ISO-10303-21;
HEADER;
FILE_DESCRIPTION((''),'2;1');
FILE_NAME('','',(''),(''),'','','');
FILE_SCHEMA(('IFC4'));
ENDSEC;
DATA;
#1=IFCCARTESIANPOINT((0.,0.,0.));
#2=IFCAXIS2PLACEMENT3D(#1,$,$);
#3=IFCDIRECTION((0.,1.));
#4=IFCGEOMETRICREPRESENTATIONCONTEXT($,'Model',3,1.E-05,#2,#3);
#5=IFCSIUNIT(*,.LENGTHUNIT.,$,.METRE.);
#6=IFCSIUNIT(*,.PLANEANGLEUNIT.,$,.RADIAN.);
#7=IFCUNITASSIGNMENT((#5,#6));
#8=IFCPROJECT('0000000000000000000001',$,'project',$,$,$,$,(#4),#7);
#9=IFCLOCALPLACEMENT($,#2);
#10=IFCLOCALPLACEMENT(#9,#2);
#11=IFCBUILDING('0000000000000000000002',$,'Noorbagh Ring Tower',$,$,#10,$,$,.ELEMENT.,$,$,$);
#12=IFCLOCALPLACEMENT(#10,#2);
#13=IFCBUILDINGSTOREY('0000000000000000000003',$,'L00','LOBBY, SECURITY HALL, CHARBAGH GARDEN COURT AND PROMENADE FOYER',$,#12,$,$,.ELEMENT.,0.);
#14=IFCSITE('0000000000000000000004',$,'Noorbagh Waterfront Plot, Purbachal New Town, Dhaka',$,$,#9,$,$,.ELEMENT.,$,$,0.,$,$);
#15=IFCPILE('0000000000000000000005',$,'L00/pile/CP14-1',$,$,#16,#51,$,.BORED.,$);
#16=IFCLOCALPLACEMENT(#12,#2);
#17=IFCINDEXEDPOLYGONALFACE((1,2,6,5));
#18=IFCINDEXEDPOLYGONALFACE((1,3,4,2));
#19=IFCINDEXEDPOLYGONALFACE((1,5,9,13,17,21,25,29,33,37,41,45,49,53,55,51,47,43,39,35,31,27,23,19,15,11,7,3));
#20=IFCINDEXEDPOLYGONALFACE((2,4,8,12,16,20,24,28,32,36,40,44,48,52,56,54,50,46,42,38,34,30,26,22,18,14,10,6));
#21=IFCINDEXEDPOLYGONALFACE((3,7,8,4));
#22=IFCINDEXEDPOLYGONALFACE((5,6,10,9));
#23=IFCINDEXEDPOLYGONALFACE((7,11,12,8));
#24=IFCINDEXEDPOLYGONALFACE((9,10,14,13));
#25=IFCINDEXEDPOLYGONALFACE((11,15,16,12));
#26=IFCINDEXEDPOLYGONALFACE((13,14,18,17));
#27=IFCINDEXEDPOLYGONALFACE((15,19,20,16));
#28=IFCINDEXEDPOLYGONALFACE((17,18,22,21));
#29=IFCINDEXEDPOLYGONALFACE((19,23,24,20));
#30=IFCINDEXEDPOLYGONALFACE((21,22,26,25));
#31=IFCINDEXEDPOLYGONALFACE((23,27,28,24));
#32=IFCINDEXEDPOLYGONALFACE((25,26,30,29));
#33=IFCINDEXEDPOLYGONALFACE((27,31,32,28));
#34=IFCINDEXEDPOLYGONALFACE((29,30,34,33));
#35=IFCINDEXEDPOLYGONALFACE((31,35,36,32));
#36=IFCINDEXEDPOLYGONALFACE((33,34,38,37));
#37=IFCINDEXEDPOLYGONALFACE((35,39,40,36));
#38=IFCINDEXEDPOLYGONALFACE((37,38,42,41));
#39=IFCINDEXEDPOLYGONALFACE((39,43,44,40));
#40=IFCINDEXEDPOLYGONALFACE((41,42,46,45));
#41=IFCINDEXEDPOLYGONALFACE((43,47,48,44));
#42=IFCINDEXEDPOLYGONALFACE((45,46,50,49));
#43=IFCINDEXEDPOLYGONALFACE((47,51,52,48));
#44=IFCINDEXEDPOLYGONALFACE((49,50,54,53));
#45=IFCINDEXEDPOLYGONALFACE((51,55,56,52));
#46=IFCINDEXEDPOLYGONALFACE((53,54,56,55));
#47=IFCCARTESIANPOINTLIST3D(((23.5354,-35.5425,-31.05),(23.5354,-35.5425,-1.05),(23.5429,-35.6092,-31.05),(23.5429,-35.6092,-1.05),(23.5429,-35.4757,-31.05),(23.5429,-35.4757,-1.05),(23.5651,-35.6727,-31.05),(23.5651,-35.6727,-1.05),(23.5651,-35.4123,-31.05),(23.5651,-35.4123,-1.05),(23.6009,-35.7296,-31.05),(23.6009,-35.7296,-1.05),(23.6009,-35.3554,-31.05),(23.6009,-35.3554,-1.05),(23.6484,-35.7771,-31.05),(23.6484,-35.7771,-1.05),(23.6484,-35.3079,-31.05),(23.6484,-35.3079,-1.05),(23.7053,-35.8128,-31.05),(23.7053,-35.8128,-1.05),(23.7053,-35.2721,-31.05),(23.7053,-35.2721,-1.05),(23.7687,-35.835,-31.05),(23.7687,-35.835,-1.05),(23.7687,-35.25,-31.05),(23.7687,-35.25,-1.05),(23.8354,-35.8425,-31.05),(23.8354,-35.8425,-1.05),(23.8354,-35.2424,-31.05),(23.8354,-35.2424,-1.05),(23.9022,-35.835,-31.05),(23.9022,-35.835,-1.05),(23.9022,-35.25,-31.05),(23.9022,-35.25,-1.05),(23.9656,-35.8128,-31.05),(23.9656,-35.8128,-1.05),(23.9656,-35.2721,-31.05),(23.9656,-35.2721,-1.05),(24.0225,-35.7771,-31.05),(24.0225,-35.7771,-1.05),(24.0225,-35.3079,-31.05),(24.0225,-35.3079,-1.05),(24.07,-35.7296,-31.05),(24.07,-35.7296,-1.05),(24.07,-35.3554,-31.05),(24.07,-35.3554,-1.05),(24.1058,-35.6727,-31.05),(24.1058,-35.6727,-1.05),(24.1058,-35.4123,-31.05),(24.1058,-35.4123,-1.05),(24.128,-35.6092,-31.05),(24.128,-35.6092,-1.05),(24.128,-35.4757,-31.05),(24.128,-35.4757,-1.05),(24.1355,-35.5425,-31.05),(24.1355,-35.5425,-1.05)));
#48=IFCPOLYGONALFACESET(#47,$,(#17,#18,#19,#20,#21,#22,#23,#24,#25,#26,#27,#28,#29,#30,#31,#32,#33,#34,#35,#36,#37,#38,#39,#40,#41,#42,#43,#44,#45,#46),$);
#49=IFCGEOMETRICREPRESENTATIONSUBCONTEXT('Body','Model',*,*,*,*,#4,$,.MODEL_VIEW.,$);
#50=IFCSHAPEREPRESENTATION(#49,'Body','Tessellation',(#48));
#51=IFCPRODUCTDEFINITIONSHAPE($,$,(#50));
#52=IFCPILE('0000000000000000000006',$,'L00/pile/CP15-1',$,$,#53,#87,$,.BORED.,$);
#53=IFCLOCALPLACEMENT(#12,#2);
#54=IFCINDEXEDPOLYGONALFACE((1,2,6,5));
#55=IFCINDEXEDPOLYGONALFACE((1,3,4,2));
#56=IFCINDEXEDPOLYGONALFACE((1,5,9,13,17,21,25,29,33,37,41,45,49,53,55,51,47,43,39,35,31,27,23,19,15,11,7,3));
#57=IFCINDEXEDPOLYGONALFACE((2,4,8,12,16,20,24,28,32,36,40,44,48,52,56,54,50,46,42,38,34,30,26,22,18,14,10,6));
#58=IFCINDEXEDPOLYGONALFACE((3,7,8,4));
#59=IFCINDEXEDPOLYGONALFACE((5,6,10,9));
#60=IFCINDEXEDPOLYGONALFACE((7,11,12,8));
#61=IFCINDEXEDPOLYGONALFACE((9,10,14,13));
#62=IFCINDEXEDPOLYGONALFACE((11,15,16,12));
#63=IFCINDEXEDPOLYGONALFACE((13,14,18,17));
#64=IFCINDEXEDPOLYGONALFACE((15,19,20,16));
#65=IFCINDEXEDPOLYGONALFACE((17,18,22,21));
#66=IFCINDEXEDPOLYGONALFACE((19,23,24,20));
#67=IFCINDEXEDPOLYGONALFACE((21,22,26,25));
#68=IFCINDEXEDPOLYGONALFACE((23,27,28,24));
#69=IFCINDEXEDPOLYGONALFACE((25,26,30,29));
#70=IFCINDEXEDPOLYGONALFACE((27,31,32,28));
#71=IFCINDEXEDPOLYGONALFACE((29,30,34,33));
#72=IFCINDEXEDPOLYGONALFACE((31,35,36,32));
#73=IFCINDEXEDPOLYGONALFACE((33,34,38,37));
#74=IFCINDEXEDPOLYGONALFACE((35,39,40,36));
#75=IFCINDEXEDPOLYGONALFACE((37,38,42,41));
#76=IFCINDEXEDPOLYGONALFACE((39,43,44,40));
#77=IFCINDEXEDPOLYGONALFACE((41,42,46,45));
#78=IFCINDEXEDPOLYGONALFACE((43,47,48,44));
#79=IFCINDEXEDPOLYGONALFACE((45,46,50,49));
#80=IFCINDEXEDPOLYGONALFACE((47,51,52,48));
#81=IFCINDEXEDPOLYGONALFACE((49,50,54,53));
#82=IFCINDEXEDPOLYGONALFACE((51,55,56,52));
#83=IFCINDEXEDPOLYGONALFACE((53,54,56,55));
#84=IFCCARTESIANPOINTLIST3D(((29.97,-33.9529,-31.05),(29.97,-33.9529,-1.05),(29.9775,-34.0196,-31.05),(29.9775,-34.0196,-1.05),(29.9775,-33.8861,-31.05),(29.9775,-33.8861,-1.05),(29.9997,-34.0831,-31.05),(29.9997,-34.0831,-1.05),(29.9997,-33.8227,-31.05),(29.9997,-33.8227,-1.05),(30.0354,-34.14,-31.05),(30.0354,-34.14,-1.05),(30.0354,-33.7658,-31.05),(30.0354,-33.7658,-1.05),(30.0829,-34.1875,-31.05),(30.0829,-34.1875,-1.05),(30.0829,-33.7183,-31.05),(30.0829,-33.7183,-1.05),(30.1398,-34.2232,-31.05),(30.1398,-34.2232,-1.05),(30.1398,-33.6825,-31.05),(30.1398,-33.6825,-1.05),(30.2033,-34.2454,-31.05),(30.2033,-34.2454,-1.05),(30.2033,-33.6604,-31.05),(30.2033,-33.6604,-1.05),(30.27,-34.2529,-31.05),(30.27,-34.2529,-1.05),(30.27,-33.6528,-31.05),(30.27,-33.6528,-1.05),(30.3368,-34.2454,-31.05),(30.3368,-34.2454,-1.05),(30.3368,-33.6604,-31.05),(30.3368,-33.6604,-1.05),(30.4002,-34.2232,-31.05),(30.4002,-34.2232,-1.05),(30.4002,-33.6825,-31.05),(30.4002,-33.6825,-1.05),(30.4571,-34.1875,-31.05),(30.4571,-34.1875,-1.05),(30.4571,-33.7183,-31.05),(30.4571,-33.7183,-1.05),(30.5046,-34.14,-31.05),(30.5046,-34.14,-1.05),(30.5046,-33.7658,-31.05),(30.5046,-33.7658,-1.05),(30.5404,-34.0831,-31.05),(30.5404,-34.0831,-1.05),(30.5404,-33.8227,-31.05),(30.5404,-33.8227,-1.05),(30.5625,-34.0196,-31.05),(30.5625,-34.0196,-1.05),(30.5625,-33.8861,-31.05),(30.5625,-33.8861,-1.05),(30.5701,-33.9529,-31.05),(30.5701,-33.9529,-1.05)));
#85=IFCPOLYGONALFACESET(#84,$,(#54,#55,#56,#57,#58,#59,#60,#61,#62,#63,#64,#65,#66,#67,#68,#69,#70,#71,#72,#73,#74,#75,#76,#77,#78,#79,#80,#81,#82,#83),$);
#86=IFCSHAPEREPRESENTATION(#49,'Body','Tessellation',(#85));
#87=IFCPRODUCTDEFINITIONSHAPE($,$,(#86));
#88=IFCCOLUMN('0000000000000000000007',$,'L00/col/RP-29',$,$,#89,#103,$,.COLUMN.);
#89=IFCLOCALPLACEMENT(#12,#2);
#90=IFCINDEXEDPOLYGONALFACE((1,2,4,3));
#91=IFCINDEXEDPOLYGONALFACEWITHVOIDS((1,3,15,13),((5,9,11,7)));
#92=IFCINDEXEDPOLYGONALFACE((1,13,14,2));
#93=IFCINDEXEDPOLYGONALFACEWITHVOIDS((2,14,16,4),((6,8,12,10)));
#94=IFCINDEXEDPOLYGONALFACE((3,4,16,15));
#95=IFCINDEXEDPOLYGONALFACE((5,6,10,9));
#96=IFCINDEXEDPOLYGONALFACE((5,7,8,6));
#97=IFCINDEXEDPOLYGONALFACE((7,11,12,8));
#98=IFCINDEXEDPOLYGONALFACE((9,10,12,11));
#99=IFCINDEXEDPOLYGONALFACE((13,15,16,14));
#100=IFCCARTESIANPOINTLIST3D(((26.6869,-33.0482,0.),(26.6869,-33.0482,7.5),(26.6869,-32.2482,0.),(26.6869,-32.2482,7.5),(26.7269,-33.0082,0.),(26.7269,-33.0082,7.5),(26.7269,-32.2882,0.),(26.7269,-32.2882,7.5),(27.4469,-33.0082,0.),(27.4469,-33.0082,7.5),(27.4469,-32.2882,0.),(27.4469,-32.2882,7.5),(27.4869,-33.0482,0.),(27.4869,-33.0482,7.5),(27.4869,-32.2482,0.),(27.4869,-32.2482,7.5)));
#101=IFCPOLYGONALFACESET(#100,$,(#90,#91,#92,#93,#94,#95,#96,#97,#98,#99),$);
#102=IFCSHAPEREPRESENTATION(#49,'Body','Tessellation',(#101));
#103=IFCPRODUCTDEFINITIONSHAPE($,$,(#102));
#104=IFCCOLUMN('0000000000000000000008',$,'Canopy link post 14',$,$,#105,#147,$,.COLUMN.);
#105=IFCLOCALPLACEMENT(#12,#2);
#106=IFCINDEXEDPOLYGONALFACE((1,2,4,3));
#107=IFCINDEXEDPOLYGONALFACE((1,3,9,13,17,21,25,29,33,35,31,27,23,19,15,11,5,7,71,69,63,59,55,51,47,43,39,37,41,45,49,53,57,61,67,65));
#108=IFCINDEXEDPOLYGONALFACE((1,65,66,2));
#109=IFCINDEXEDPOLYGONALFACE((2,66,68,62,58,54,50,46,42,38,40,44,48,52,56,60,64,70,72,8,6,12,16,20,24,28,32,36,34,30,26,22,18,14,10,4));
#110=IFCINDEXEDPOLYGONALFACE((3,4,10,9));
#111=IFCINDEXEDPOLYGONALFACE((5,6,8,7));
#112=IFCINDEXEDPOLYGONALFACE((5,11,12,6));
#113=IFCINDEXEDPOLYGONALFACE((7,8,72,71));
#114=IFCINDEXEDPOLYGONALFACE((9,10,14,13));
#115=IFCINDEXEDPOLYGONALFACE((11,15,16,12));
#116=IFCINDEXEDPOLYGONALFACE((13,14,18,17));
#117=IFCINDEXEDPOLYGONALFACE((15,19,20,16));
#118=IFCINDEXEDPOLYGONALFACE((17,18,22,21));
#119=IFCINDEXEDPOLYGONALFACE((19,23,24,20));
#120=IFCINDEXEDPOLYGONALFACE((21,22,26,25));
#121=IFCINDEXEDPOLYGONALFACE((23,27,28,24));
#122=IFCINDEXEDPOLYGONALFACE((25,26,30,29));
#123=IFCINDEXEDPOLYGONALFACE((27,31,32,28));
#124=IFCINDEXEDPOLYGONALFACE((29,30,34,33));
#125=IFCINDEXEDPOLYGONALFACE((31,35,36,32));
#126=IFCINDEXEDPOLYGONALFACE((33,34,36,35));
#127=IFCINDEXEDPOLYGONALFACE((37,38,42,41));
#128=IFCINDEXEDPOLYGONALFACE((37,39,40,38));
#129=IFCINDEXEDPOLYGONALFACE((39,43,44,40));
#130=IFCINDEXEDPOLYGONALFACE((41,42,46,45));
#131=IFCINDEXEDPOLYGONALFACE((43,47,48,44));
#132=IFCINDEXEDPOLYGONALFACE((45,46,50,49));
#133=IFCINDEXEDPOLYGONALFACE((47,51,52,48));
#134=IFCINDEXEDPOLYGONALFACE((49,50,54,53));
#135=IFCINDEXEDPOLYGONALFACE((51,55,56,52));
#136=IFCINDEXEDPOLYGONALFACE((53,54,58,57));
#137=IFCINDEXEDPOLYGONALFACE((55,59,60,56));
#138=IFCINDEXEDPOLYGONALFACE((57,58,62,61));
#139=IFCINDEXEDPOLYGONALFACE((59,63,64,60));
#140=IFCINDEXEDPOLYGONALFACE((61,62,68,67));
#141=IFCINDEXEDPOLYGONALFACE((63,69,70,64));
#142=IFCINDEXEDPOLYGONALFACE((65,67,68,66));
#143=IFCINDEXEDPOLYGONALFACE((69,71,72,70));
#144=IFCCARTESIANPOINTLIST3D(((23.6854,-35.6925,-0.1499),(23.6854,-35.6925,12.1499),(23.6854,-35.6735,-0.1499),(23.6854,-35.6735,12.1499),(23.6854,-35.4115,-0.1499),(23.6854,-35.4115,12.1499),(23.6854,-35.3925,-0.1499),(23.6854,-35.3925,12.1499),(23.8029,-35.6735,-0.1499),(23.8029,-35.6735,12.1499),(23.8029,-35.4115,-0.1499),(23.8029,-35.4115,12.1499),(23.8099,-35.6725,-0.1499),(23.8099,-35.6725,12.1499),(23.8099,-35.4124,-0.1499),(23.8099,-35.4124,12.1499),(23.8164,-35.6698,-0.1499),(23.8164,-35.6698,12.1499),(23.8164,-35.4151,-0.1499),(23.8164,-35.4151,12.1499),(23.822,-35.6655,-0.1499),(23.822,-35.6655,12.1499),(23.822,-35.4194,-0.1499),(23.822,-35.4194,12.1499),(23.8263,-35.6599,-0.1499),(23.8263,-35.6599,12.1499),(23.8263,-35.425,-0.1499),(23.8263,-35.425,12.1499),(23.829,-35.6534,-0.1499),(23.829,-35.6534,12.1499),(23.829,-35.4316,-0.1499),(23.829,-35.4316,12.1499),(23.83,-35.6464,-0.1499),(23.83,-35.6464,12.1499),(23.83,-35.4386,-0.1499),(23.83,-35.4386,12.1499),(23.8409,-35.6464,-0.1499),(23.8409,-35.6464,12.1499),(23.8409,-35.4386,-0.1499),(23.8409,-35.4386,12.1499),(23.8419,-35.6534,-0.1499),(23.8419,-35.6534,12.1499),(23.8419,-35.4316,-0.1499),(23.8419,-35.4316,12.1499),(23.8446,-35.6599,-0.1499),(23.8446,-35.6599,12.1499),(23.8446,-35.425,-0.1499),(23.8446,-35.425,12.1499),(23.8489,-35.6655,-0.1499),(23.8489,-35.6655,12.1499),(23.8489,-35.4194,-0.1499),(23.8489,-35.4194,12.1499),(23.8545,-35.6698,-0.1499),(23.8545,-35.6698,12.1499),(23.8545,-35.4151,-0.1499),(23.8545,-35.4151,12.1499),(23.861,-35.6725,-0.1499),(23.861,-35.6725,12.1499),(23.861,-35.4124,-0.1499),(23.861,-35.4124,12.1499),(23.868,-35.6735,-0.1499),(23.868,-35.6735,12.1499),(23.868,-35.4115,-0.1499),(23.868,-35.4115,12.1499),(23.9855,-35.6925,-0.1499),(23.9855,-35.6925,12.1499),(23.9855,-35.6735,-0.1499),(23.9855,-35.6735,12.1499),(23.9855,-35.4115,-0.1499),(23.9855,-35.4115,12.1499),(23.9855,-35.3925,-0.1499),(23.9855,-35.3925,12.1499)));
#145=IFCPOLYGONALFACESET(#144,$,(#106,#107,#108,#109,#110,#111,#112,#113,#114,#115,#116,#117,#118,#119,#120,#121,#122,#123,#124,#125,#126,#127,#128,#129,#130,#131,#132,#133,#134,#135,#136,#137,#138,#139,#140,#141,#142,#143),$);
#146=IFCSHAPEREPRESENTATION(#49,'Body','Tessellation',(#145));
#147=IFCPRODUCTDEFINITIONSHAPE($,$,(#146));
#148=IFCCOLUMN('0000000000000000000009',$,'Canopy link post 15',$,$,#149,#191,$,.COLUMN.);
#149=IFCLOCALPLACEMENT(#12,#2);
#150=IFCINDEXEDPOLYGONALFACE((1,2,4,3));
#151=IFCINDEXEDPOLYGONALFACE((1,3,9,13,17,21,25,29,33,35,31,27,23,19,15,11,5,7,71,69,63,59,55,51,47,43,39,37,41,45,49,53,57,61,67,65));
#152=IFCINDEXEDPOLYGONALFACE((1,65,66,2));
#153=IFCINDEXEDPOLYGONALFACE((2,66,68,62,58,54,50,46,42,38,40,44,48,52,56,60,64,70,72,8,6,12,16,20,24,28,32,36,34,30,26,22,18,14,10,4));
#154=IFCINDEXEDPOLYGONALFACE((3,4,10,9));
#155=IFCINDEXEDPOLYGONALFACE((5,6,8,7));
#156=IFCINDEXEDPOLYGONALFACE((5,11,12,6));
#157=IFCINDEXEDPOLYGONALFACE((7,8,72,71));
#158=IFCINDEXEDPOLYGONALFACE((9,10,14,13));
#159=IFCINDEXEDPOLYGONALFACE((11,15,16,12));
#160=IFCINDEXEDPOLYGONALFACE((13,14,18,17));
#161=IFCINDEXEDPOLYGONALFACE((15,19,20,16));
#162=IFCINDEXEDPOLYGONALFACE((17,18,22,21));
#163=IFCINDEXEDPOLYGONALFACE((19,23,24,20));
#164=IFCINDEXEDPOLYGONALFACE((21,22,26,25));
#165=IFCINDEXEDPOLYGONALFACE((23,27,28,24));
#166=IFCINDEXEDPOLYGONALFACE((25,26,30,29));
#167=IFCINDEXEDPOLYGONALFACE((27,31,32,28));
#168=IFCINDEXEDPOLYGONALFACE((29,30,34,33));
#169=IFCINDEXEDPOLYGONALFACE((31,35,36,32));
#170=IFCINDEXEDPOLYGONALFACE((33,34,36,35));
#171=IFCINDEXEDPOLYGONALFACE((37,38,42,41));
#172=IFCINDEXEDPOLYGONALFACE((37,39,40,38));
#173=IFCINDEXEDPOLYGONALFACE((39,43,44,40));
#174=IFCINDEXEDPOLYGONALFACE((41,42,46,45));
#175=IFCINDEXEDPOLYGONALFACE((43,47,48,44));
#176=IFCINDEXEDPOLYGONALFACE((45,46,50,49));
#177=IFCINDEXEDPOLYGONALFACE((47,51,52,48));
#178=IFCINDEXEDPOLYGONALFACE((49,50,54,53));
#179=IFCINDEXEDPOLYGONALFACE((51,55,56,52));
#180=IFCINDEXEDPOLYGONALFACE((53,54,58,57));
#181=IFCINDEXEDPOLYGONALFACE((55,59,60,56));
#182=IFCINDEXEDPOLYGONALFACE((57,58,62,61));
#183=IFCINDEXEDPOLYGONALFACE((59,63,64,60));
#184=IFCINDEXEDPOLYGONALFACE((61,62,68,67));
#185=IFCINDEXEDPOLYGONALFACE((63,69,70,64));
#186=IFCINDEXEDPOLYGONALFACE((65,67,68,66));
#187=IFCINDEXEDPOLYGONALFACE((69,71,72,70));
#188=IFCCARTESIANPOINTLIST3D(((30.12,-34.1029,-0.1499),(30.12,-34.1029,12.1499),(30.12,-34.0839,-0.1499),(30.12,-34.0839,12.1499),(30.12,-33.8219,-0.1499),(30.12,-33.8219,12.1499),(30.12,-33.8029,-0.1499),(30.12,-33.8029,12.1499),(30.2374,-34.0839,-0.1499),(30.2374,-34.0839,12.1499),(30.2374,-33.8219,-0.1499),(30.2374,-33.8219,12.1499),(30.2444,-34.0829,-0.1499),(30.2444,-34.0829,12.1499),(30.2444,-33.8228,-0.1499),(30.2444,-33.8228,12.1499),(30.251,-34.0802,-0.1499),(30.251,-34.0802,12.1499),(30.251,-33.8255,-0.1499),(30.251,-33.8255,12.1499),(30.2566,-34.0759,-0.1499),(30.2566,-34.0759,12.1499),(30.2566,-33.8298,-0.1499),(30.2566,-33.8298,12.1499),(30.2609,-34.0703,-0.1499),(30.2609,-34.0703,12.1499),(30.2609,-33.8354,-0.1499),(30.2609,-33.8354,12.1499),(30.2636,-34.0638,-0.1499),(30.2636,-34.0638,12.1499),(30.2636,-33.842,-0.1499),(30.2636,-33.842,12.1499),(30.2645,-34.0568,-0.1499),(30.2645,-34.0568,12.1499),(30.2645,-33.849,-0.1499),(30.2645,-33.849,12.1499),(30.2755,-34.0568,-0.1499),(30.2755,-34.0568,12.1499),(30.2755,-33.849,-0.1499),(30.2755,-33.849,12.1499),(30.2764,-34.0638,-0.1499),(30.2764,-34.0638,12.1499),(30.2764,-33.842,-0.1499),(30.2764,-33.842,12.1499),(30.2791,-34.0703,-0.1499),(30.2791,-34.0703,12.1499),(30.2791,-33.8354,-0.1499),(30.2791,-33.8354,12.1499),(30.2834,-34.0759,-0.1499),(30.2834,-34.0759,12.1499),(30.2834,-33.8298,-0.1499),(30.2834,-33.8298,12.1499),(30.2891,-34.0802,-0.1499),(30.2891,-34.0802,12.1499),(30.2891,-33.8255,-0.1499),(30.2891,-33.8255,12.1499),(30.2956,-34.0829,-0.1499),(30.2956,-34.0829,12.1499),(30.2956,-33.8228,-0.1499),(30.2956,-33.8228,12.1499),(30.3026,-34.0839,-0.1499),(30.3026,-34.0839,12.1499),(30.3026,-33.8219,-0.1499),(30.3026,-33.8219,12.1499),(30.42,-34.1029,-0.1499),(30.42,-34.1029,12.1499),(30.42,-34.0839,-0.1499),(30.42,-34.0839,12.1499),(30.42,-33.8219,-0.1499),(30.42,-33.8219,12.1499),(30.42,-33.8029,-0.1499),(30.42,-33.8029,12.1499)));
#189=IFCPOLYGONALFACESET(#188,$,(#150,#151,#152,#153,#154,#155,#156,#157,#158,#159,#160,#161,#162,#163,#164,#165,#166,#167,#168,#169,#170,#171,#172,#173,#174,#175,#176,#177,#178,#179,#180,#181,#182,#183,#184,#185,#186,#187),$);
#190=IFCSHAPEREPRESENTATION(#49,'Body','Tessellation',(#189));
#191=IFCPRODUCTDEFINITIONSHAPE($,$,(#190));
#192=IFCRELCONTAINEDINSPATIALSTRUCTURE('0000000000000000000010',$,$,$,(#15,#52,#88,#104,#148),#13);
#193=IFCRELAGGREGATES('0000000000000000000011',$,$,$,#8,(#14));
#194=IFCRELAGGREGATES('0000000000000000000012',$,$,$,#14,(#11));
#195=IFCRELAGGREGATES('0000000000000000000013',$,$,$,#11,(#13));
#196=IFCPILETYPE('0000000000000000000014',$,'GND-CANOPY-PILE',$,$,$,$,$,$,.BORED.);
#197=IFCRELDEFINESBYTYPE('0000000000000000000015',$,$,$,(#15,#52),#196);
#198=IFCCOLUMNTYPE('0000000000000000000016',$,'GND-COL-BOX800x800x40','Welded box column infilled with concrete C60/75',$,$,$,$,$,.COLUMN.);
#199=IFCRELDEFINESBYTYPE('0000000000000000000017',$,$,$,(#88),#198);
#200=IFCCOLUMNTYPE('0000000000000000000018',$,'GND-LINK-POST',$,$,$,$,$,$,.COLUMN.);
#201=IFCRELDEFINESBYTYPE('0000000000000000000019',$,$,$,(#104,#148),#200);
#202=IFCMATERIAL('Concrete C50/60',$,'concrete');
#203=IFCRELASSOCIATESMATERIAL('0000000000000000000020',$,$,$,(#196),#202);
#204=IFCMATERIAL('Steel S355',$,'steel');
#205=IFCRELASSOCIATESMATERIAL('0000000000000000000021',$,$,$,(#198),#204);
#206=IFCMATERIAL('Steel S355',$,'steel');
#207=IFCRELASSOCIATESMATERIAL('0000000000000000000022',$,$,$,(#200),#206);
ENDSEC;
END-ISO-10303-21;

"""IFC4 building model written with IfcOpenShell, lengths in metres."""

from ifc_helpers import new_model, si_unit, direction, frame, origin, origin_2d, place, context, subcontext, project, spatial, hollow_rectangle, circle, i_section, extrude, material, material_profile, profile_set, type_object, element, save


model = new_model("IFC4")

# Units and contexts
model_context = context("Model", 3, precision=1e-05, world=origin(), true_north=direction((0.0, 1.0)))
body_context = subcontext(model_context, "Body", "Model", "MODEL_VIEW")
ifc_project = project(units=[si_unit("LENGTHUNIT", "METRE"), si_unit("PLANEANGLEUNIT", "RADIAN")], contexts=[model_context])

# Site, building, storey
site_placement = place(None, origin())
site = spatial("IfcSite", under=ifc_project, at=site_placement, Name="Noorbagh Waterfront Plot, Purbachal New Town, Dhaka", CompositionType="ELEMENT", RefElevation=0.0)
building_placement = place(site_placement, origin())
building = spatial("IfcBuilding", under=site, at=building_placement, Name="Noorbagh Ring Tower", CompositionType="ELEMENT")
storey_placement = place(building_placement, origin())
storey = spatial("IfcBuildingStorey", under=building, at=storey_placement, Name="L00", Description="LOBBY, SECURITY HALL, CHARBAGH GARDEN COURT AND PROMENADE FOYER", CompositionType="ELEMENT", Elevation=0.0)

# Piles
ifc_material_1 = material(Name="Concrete C50/60", Category="concrete")
ifc_material_profile_1 = material_profile(ifc_material_1, circle(Radius=0.3, at=origin_2d()), Name="PILE600")
ifc_profile_set_1 = profile_set([ifc_material_profile_1], Name="Concrete C50/60")
pile_type = type_object("IfcPileType", Name="GND-CANOPY-PILE", PredefinedType="BORED", material=ifc_profile_set_1)
for number, where, z_axis, x_axis, name in (
    (1, (23.8354, -35.5425, -1.05), (0.0, 0.0, -1.0), (1.0, 0.0, 0.0), "L00/pile/CP14-1"),
    (2, (30.27, -33.9529, -1.05), (0.0, 0.0, -1.0), (1.0, 0.0, 0.0), "L00/pile/CP15-1"),
):
    element("IfcPile", number, at=place(storey_placement, frame(where, z_axis=z_axis, x_axis=x_axis)), inside=storey, type_object=pile_type, Name=name, PredefinedType="BORED", context=body_context, shape_type="SweptSolid", body=[
        extrude(circle(Radius=0.3, at=origin_2d()), origin(), (0.0, 0.0, 1.0), 30.0),
    ])

# Columns
ifc_material_2 = material(Name="Steel S355", Category="steel")
ifc_material_profile_2 = material_profile(ifc_material_2, hollow_rectangle(XDim=0.8, YDim=0.8, WallThickness=0.04, at=origin_2d()), Name="BOX800x800x40")
ifc_profile_set_2 = profile_set([ifc_material_profile_2], Name="Steel S355")
column_type_1 = type_object("IfcColumnType", Name="GND-COL-BOX800x800x40", Description="Welded box column infilled with concrete C60/75", PredefinedType="COLUMN", material=ifc_profile_set_2)
column_placement = place(storey_placement, frame((27.0869, -32.6482, 0.0), z_axis=(0.0, 0.0, 1.0), x_axis=(1.0, 0.0, 0.0)))
element("IfcColumn", 3, at=column_placement, inside=storey, type_object=column_type_1, Name="L00/col/RP-29", PredefinedType="COLUMN", context=body_context, shape_type="SweptSolid", body=[
    extrude(hollow_rectangle(XDim=0.8, YDim=0.8, WallThickness=0.04, at=origin_2d()), origin(), (0.0, 0.0, 1.0), 7.5),
])
ifc_material_3 = material(Name="Steel S355", Category="steel")
ifc_material_profile_3 = material_profile(ifc_material_3, i_section(OverallWidth=0.3, OverallDepth=0.3, WebThickness=0.011, FlangeThickness=0.019, FilletRadius=0.0271, at=origin_2d()), Name="HEB300")
ifc_profile_set_3 = profile_set([ifc_material_profile_3], Name="Steel S355")
column_type_2 = type_object("IfcColumnType", Name="GND-LINK-POST", PredefinedType="COLUMN", material=ifc_profile_set_3)
for number, where, z_axis, x_axis, name in (
    (4, (23.8354, -35.5425, -0.1499), (0.0, 0.0, 1.0), (1.0, 0.0, 0.0), "Canopy link post 14"),
    (5, (30.27, -33.9529, -0.1499), (0.0, 0.0, 1.0), (1.0, 0.0, 0.0), "Canopy link post 15"),
):
    element("IfcColumn", number, at=place(storey_placement, frame(where, z_axis=z_axis, x_axis=x_axis)), inside=storey, type_object=column_type_2, Name=name, PredefinedType="COLUMN", context=body_context, shape_type="SweptSolid", body=[
        extrude(i_section(OverallWidth=0.3, OverallDepth=0.3, WebThickness=0.011, FlangeThickness=0.019, FilletRadius=0.0271, at=origin_2d()), origin(), (0.0, 0.0, 1.0), 12.2998),
    ])

save(model, "model.ifc")
